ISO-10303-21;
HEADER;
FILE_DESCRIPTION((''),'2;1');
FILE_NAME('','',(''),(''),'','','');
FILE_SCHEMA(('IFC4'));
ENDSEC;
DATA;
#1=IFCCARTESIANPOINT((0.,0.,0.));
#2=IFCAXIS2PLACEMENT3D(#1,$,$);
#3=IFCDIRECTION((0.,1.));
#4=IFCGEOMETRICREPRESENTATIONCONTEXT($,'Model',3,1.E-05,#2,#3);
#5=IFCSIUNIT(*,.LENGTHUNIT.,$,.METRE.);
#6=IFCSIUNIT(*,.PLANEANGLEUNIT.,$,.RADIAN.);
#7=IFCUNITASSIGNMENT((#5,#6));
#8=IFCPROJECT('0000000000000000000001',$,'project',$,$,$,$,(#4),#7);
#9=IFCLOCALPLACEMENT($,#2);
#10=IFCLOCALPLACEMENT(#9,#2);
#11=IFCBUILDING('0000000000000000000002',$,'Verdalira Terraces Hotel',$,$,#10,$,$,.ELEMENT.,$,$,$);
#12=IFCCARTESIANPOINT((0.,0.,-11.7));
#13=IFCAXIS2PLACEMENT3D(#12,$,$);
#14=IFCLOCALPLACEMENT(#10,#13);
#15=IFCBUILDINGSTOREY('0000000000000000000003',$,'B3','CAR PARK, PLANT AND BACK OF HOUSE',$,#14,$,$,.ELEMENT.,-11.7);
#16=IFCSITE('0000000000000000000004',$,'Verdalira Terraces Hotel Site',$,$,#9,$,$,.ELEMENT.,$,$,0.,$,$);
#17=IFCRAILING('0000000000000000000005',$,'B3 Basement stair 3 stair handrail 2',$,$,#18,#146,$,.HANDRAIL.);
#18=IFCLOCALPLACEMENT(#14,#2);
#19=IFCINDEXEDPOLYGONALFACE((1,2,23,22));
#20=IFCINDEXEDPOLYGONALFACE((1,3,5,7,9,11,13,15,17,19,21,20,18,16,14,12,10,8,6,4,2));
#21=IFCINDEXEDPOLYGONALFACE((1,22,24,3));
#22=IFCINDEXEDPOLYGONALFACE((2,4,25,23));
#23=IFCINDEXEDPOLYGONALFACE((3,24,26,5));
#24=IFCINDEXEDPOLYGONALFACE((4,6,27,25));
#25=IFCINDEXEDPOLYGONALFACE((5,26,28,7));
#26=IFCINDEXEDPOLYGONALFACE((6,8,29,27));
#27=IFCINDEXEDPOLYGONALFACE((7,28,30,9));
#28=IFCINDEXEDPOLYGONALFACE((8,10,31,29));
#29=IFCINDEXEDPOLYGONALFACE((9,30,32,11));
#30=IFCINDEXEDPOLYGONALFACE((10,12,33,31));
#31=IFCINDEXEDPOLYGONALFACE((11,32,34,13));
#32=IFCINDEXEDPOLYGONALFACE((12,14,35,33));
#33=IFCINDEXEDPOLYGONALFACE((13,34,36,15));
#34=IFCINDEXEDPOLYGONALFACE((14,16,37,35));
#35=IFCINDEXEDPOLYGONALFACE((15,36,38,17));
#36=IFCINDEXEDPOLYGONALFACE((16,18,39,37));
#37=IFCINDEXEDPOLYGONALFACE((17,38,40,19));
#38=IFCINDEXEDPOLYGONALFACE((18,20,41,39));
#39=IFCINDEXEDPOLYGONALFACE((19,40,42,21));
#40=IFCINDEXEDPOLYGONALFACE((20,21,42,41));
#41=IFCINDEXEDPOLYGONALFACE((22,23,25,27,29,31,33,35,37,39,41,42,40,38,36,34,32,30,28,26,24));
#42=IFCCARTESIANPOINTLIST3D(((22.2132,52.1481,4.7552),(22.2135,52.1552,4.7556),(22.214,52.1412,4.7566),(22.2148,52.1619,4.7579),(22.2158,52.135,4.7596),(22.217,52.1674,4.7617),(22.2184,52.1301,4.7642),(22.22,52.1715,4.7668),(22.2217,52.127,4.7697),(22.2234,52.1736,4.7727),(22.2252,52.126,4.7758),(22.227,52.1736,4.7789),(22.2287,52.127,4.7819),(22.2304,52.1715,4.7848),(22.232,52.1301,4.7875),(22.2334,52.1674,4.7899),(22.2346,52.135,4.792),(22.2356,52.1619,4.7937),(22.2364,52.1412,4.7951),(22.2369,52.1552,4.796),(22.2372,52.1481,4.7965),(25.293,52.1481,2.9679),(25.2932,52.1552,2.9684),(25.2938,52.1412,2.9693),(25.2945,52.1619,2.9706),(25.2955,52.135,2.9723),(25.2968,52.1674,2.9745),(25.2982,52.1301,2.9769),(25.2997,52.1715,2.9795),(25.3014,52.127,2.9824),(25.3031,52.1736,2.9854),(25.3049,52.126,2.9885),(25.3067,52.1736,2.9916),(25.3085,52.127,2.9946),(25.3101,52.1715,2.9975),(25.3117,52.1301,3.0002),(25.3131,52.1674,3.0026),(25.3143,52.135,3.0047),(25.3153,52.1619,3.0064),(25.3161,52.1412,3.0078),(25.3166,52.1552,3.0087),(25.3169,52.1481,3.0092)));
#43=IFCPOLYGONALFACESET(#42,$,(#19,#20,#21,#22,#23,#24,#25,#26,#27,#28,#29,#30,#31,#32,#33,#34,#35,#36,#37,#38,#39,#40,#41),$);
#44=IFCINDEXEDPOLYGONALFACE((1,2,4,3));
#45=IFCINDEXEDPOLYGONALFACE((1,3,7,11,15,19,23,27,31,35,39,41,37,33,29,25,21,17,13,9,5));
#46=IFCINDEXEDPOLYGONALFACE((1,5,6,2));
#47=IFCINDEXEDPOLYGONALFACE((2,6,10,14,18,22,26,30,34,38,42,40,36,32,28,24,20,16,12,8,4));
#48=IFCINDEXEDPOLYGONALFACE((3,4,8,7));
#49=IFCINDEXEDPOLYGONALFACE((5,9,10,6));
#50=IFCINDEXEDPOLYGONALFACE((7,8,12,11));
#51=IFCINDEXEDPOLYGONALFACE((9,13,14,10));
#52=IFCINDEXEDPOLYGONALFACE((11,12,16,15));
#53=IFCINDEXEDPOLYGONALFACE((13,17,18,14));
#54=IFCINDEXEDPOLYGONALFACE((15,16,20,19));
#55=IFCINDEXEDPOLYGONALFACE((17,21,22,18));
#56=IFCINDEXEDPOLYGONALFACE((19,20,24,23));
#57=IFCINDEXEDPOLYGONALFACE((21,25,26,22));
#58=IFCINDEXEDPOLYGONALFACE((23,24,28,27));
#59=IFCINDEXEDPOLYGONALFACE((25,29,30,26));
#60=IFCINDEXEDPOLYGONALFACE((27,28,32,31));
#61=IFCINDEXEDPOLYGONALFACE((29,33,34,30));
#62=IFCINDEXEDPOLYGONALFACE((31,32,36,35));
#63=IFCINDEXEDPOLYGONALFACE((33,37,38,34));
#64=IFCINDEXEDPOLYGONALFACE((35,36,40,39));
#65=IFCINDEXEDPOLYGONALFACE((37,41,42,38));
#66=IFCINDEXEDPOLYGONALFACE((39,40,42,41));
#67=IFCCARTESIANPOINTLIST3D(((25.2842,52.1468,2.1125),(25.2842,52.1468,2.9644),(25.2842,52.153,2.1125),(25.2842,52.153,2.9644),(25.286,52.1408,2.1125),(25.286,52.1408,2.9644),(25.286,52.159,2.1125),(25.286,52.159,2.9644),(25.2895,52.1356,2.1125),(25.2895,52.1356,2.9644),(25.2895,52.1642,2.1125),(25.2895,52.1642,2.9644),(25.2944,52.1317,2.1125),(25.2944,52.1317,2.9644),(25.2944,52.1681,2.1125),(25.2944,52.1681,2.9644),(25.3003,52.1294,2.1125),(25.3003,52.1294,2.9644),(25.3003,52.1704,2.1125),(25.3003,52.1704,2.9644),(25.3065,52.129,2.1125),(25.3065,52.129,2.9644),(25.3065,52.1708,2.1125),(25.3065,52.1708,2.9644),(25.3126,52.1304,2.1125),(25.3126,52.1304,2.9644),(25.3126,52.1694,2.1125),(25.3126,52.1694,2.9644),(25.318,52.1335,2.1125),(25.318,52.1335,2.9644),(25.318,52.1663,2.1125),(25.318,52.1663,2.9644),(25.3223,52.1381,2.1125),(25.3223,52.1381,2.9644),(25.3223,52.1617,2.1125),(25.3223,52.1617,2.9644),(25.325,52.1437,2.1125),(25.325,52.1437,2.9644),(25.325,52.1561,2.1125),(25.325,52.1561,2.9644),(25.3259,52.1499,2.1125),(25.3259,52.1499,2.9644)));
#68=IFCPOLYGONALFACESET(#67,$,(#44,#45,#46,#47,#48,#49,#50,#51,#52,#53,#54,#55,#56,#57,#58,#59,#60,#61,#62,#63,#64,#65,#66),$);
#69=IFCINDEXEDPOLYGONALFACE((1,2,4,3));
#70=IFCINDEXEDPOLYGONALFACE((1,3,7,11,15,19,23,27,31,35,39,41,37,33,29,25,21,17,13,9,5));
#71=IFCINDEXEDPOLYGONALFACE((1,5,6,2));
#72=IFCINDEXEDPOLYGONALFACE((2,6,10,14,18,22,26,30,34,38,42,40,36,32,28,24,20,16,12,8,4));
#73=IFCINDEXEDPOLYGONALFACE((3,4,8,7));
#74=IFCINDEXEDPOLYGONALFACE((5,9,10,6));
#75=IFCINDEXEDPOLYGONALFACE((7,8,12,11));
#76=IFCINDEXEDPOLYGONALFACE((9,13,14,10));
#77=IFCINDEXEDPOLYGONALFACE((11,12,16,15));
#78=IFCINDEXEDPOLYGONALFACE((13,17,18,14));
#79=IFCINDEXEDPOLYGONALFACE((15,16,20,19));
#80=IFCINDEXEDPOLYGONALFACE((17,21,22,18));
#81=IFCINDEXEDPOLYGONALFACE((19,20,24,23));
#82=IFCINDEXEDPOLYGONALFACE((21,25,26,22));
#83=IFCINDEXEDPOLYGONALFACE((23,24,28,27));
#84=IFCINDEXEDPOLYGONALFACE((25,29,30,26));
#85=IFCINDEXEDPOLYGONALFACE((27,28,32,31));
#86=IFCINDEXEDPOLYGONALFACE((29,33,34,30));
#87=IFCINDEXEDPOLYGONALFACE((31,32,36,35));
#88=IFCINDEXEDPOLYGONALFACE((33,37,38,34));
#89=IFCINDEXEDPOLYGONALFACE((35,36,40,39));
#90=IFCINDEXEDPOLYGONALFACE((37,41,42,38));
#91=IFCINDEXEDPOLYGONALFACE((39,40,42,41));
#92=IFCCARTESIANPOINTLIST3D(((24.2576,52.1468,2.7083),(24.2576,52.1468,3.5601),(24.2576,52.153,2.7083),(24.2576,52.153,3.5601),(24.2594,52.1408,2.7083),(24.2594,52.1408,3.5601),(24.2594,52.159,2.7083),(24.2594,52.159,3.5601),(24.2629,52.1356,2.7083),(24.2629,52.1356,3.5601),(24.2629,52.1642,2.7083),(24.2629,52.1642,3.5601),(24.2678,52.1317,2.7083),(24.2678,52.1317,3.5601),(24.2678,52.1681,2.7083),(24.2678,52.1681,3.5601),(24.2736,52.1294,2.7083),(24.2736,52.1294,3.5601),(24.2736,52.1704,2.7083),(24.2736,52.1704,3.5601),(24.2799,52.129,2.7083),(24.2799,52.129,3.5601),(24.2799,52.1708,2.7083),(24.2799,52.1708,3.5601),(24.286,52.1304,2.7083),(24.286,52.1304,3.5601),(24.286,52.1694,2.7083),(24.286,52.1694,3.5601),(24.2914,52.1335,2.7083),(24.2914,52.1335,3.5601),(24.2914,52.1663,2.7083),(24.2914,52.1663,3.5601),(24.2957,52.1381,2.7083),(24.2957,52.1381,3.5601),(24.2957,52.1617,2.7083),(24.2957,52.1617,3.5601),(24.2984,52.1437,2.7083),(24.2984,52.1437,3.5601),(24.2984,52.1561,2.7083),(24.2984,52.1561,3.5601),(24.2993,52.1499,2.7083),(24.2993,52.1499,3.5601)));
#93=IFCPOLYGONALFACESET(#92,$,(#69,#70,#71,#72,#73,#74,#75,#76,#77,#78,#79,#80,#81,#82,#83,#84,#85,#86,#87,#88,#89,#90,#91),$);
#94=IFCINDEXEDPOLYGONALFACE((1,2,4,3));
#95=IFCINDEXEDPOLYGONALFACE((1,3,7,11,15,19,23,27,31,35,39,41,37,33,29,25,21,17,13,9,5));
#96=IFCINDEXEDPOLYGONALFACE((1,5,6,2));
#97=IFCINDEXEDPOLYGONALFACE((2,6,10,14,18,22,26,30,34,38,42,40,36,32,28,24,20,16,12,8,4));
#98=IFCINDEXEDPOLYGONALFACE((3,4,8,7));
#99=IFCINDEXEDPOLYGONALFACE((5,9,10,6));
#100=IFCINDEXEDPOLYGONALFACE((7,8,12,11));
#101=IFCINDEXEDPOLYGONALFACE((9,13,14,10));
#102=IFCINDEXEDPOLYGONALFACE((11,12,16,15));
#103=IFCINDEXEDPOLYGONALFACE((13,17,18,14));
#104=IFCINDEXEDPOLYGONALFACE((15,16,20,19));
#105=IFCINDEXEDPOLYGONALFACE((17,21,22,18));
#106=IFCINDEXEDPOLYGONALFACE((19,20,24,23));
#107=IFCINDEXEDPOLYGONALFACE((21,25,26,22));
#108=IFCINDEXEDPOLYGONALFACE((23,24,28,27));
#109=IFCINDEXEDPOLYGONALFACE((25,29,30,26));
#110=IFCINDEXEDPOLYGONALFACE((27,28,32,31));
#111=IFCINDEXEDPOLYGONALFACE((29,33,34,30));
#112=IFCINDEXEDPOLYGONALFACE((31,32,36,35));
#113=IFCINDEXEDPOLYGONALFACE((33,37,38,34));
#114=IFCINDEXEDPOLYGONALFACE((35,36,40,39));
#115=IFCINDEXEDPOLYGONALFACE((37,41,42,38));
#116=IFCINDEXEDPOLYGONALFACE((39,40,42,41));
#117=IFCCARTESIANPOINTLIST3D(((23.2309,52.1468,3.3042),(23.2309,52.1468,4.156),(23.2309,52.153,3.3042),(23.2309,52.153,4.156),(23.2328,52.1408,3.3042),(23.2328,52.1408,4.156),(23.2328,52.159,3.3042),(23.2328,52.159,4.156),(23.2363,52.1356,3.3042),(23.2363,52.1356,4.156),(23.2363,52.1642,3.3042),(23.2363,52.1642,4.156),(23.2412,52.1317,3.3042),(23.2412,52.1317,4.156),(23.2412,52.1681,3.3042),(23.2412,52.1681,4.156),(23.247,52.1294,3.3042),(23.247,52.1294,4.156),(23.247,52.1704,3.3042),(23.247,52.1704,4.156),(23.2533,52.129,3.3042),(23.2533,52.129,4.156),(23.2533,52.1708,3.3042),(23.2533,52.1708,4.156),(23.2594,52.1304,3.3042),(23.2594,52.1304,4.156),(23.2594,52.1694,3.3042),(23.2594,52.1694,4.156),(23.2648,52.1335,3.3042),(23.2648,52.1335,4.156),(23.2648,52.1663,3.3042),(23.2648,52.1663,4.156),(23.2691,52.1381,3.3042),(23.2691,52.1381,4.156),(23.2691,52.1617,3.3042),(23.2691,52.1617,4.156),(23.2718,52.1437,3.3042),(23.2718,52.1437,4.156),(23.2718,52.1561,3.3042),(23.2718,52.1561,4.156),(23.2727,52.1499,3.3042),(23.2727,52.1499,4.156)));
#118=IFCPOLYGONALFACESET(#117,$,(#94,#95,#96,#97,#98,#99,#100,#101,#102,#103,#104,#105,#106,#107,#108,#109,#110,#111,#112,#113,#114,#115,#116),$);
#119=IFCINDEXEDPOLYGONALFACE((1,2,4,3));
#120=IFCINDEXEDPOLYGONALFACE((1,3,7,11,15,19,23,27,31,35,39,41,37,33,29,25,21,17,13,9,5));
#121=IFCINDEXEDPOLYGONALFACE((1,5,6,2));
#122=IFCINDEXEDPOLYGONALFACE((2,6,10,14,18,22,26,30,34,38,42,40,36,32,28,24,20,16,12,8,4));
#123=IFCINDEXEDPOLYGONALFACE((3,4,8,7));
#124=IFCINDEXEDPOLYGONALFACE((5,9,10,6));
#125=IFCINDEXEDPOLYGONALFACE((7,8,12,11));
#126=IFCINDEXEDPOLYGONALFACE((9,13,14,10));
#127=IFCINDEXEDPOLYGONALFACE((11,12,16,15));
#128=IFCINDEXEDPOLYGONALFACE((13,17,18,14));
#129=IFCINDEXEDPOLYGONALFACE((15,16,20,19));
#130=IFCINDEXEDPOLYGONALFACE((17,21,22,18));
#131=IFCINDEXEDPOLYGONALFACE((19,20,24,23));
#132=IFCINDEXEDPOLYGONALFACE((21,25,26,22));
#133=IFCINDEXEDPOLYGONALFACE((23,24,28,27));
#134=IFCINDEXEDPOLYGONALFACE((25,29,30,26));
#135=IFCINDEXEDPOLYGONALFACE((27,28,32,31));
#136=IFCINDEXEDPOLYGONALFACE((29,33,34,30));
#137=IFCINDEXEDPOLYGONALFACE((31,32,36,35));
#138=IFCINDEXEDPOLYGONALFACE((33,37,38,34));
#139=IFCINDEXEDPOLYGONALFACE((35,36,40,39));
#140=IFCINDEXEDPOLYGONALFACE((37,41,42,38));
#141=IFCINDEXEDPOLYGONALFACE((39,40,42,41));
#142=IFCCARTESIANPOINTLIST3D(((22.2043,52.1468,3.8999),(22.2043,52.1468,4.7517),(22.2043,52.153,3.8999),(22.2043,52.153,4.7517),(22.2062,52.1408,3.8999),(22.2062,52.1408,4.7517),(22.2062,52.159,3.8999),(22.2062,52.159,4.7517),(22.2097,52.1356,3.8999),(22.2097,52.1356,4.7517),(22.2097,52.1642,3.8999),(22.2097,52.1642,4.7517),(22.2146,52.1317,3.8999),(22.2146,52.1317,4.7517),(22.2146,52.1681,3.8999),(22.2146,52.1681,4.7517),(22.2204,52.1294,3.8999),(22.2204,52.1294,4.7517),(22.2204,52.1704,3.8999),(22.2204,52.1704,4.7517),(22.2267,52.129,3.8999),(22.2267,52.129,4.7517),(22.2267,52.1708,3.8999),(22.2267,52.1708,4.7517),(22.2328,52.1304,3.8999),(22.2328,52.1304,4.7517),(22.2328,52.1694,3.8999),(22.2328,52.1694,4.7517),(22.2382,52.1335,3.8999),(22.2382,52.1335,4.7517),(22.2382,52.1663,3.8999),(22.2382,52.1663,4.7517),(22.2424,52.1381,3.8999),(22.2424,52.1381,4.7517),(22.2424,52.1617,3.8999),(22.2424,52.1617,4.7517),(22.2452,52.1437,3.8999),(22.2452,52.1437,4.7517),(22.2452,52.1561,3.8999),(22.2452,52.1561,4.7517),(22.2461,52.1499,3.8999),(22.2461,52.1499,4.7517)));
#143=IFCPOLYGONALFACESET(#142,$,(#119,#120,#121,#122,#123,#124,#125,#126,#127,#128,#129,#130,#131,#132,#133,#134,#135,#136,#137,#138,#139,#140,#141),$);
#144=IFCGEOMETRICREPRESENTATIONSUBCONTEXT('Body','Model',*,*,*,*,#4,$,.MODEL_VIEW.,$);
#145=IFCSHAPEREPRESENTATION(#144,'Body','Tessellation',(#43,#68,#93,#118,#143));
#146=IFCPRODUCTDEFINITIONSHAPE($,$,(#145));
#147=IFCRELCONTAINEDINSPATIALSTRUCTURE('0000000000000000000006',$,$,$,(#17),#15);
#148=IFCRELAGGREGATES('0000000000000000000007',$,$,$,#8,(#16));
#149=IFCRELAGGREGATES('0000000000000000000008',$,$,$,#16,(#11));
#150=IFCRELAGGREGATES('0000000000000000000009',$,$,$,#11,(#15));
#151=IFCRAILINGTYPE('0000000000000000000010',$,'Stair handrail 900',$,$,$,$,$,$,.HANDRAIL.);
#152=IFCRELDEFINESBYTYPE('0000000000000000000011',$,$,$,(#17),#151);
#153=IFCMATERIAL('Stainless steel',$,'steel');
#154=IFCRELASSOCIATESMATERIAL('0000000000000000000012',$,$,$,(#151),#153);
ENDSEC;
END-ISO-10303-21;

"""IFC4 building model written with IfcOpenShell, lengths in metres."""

from ifc_helpers import new_model, si_unit, direction, frame, origin, origin_2d, place, context, subcontext, project, spatial, circle, extrude, material, type_object, element, save


model = new_model("IFC4")

# Units and contexts
model_context = context("Model", 3, precision=1e-05, world=origin(), true_north=direction((0.0, 1.0)))
body_context = subcontext(model_context, "Body", "Model", "MODEL_VIEW")
ifc_project = project(units=[si_unit("LENGTHUNIT", "METRE"), si_unit("PLANEANGLEUNIT", "RADIAN")], contexts=[model_context])

# Site, building, storey
site_placement = place(None, origin())
site = spatial("IfcSite", under=ifc_project, at=site_placement, Name="Verdalira Terraces Hotel Site", CompositionType="ELEMENT", RefElevation=0.0)
building_placement = place(site_placement, origin())
building = spatial("IfcBuilding", under=site, at=building_placement, Name="Verdalira Terraces Hotel", CompositionType="ELEMENT")
storey_placement = place(building_placement, frame((0.0, 0.0, -11.7)))
storey = spatial("IfcBuildingStorey", under=building, at=storey_placement, Name="B3", Description="CAR PARK, PLANT AND BACK OF HOUSE", CompositionType="ELEMENT", Elevation=-11.7)

# Railing
ifc_material_1 = material(Name="Stainless steel", Category="steel")
railing_type_1 = type_object("IfcRailingType", Name="Stair handrail 900", PredefinedType="HANDRAIL", material=ifc_material_1)
railing_1_placement = place(storey_placement, frame((25.3049, 52.1499, 2.1125)))
element("IfcRailing", 1, at=railing_1_placement, inside=storey, type_object=railing_type_1, Name="B3 Basement stair 3 stair handrail 2", PredefinedType="HANDRAIL", context=body_context, shape_type="SweptSolid", body=[
    extrude(circle(Radius=0.0239, at=origin_2d()), frame((0.0, 0.0, 0.876), z_axis=(-0.864903, 0.0, 0.501939), x_axis=(0.0, -1.0, 0.0)), (0.0, 0.0, 1.0), 3.5608),
    extrude(circle(Radius=0.021, at=origin_2d()), origin(), (0.0, 0.0, 1.0), 0.8518),
    extrude(circle(Radius=0.021, at=origin_2d()), frame((-1.0266, 0.0, 0.5957)), (0.0, 0.0, 1.0), 0.8518),
    extrude(circle(Radius=0.021, at=origin_2d()), frame((-2.0532, 0.0, 1.1917)), (0.0, 0.0, 1.0), 0.8518),
    extrude(circle(Radius=0.021, at=origin_2d()), frame((-3.0798, 0.0, 1.7874)), (0.0, 0.0, 1.0), 0.8518),
])

save(model, "model.ifc")
